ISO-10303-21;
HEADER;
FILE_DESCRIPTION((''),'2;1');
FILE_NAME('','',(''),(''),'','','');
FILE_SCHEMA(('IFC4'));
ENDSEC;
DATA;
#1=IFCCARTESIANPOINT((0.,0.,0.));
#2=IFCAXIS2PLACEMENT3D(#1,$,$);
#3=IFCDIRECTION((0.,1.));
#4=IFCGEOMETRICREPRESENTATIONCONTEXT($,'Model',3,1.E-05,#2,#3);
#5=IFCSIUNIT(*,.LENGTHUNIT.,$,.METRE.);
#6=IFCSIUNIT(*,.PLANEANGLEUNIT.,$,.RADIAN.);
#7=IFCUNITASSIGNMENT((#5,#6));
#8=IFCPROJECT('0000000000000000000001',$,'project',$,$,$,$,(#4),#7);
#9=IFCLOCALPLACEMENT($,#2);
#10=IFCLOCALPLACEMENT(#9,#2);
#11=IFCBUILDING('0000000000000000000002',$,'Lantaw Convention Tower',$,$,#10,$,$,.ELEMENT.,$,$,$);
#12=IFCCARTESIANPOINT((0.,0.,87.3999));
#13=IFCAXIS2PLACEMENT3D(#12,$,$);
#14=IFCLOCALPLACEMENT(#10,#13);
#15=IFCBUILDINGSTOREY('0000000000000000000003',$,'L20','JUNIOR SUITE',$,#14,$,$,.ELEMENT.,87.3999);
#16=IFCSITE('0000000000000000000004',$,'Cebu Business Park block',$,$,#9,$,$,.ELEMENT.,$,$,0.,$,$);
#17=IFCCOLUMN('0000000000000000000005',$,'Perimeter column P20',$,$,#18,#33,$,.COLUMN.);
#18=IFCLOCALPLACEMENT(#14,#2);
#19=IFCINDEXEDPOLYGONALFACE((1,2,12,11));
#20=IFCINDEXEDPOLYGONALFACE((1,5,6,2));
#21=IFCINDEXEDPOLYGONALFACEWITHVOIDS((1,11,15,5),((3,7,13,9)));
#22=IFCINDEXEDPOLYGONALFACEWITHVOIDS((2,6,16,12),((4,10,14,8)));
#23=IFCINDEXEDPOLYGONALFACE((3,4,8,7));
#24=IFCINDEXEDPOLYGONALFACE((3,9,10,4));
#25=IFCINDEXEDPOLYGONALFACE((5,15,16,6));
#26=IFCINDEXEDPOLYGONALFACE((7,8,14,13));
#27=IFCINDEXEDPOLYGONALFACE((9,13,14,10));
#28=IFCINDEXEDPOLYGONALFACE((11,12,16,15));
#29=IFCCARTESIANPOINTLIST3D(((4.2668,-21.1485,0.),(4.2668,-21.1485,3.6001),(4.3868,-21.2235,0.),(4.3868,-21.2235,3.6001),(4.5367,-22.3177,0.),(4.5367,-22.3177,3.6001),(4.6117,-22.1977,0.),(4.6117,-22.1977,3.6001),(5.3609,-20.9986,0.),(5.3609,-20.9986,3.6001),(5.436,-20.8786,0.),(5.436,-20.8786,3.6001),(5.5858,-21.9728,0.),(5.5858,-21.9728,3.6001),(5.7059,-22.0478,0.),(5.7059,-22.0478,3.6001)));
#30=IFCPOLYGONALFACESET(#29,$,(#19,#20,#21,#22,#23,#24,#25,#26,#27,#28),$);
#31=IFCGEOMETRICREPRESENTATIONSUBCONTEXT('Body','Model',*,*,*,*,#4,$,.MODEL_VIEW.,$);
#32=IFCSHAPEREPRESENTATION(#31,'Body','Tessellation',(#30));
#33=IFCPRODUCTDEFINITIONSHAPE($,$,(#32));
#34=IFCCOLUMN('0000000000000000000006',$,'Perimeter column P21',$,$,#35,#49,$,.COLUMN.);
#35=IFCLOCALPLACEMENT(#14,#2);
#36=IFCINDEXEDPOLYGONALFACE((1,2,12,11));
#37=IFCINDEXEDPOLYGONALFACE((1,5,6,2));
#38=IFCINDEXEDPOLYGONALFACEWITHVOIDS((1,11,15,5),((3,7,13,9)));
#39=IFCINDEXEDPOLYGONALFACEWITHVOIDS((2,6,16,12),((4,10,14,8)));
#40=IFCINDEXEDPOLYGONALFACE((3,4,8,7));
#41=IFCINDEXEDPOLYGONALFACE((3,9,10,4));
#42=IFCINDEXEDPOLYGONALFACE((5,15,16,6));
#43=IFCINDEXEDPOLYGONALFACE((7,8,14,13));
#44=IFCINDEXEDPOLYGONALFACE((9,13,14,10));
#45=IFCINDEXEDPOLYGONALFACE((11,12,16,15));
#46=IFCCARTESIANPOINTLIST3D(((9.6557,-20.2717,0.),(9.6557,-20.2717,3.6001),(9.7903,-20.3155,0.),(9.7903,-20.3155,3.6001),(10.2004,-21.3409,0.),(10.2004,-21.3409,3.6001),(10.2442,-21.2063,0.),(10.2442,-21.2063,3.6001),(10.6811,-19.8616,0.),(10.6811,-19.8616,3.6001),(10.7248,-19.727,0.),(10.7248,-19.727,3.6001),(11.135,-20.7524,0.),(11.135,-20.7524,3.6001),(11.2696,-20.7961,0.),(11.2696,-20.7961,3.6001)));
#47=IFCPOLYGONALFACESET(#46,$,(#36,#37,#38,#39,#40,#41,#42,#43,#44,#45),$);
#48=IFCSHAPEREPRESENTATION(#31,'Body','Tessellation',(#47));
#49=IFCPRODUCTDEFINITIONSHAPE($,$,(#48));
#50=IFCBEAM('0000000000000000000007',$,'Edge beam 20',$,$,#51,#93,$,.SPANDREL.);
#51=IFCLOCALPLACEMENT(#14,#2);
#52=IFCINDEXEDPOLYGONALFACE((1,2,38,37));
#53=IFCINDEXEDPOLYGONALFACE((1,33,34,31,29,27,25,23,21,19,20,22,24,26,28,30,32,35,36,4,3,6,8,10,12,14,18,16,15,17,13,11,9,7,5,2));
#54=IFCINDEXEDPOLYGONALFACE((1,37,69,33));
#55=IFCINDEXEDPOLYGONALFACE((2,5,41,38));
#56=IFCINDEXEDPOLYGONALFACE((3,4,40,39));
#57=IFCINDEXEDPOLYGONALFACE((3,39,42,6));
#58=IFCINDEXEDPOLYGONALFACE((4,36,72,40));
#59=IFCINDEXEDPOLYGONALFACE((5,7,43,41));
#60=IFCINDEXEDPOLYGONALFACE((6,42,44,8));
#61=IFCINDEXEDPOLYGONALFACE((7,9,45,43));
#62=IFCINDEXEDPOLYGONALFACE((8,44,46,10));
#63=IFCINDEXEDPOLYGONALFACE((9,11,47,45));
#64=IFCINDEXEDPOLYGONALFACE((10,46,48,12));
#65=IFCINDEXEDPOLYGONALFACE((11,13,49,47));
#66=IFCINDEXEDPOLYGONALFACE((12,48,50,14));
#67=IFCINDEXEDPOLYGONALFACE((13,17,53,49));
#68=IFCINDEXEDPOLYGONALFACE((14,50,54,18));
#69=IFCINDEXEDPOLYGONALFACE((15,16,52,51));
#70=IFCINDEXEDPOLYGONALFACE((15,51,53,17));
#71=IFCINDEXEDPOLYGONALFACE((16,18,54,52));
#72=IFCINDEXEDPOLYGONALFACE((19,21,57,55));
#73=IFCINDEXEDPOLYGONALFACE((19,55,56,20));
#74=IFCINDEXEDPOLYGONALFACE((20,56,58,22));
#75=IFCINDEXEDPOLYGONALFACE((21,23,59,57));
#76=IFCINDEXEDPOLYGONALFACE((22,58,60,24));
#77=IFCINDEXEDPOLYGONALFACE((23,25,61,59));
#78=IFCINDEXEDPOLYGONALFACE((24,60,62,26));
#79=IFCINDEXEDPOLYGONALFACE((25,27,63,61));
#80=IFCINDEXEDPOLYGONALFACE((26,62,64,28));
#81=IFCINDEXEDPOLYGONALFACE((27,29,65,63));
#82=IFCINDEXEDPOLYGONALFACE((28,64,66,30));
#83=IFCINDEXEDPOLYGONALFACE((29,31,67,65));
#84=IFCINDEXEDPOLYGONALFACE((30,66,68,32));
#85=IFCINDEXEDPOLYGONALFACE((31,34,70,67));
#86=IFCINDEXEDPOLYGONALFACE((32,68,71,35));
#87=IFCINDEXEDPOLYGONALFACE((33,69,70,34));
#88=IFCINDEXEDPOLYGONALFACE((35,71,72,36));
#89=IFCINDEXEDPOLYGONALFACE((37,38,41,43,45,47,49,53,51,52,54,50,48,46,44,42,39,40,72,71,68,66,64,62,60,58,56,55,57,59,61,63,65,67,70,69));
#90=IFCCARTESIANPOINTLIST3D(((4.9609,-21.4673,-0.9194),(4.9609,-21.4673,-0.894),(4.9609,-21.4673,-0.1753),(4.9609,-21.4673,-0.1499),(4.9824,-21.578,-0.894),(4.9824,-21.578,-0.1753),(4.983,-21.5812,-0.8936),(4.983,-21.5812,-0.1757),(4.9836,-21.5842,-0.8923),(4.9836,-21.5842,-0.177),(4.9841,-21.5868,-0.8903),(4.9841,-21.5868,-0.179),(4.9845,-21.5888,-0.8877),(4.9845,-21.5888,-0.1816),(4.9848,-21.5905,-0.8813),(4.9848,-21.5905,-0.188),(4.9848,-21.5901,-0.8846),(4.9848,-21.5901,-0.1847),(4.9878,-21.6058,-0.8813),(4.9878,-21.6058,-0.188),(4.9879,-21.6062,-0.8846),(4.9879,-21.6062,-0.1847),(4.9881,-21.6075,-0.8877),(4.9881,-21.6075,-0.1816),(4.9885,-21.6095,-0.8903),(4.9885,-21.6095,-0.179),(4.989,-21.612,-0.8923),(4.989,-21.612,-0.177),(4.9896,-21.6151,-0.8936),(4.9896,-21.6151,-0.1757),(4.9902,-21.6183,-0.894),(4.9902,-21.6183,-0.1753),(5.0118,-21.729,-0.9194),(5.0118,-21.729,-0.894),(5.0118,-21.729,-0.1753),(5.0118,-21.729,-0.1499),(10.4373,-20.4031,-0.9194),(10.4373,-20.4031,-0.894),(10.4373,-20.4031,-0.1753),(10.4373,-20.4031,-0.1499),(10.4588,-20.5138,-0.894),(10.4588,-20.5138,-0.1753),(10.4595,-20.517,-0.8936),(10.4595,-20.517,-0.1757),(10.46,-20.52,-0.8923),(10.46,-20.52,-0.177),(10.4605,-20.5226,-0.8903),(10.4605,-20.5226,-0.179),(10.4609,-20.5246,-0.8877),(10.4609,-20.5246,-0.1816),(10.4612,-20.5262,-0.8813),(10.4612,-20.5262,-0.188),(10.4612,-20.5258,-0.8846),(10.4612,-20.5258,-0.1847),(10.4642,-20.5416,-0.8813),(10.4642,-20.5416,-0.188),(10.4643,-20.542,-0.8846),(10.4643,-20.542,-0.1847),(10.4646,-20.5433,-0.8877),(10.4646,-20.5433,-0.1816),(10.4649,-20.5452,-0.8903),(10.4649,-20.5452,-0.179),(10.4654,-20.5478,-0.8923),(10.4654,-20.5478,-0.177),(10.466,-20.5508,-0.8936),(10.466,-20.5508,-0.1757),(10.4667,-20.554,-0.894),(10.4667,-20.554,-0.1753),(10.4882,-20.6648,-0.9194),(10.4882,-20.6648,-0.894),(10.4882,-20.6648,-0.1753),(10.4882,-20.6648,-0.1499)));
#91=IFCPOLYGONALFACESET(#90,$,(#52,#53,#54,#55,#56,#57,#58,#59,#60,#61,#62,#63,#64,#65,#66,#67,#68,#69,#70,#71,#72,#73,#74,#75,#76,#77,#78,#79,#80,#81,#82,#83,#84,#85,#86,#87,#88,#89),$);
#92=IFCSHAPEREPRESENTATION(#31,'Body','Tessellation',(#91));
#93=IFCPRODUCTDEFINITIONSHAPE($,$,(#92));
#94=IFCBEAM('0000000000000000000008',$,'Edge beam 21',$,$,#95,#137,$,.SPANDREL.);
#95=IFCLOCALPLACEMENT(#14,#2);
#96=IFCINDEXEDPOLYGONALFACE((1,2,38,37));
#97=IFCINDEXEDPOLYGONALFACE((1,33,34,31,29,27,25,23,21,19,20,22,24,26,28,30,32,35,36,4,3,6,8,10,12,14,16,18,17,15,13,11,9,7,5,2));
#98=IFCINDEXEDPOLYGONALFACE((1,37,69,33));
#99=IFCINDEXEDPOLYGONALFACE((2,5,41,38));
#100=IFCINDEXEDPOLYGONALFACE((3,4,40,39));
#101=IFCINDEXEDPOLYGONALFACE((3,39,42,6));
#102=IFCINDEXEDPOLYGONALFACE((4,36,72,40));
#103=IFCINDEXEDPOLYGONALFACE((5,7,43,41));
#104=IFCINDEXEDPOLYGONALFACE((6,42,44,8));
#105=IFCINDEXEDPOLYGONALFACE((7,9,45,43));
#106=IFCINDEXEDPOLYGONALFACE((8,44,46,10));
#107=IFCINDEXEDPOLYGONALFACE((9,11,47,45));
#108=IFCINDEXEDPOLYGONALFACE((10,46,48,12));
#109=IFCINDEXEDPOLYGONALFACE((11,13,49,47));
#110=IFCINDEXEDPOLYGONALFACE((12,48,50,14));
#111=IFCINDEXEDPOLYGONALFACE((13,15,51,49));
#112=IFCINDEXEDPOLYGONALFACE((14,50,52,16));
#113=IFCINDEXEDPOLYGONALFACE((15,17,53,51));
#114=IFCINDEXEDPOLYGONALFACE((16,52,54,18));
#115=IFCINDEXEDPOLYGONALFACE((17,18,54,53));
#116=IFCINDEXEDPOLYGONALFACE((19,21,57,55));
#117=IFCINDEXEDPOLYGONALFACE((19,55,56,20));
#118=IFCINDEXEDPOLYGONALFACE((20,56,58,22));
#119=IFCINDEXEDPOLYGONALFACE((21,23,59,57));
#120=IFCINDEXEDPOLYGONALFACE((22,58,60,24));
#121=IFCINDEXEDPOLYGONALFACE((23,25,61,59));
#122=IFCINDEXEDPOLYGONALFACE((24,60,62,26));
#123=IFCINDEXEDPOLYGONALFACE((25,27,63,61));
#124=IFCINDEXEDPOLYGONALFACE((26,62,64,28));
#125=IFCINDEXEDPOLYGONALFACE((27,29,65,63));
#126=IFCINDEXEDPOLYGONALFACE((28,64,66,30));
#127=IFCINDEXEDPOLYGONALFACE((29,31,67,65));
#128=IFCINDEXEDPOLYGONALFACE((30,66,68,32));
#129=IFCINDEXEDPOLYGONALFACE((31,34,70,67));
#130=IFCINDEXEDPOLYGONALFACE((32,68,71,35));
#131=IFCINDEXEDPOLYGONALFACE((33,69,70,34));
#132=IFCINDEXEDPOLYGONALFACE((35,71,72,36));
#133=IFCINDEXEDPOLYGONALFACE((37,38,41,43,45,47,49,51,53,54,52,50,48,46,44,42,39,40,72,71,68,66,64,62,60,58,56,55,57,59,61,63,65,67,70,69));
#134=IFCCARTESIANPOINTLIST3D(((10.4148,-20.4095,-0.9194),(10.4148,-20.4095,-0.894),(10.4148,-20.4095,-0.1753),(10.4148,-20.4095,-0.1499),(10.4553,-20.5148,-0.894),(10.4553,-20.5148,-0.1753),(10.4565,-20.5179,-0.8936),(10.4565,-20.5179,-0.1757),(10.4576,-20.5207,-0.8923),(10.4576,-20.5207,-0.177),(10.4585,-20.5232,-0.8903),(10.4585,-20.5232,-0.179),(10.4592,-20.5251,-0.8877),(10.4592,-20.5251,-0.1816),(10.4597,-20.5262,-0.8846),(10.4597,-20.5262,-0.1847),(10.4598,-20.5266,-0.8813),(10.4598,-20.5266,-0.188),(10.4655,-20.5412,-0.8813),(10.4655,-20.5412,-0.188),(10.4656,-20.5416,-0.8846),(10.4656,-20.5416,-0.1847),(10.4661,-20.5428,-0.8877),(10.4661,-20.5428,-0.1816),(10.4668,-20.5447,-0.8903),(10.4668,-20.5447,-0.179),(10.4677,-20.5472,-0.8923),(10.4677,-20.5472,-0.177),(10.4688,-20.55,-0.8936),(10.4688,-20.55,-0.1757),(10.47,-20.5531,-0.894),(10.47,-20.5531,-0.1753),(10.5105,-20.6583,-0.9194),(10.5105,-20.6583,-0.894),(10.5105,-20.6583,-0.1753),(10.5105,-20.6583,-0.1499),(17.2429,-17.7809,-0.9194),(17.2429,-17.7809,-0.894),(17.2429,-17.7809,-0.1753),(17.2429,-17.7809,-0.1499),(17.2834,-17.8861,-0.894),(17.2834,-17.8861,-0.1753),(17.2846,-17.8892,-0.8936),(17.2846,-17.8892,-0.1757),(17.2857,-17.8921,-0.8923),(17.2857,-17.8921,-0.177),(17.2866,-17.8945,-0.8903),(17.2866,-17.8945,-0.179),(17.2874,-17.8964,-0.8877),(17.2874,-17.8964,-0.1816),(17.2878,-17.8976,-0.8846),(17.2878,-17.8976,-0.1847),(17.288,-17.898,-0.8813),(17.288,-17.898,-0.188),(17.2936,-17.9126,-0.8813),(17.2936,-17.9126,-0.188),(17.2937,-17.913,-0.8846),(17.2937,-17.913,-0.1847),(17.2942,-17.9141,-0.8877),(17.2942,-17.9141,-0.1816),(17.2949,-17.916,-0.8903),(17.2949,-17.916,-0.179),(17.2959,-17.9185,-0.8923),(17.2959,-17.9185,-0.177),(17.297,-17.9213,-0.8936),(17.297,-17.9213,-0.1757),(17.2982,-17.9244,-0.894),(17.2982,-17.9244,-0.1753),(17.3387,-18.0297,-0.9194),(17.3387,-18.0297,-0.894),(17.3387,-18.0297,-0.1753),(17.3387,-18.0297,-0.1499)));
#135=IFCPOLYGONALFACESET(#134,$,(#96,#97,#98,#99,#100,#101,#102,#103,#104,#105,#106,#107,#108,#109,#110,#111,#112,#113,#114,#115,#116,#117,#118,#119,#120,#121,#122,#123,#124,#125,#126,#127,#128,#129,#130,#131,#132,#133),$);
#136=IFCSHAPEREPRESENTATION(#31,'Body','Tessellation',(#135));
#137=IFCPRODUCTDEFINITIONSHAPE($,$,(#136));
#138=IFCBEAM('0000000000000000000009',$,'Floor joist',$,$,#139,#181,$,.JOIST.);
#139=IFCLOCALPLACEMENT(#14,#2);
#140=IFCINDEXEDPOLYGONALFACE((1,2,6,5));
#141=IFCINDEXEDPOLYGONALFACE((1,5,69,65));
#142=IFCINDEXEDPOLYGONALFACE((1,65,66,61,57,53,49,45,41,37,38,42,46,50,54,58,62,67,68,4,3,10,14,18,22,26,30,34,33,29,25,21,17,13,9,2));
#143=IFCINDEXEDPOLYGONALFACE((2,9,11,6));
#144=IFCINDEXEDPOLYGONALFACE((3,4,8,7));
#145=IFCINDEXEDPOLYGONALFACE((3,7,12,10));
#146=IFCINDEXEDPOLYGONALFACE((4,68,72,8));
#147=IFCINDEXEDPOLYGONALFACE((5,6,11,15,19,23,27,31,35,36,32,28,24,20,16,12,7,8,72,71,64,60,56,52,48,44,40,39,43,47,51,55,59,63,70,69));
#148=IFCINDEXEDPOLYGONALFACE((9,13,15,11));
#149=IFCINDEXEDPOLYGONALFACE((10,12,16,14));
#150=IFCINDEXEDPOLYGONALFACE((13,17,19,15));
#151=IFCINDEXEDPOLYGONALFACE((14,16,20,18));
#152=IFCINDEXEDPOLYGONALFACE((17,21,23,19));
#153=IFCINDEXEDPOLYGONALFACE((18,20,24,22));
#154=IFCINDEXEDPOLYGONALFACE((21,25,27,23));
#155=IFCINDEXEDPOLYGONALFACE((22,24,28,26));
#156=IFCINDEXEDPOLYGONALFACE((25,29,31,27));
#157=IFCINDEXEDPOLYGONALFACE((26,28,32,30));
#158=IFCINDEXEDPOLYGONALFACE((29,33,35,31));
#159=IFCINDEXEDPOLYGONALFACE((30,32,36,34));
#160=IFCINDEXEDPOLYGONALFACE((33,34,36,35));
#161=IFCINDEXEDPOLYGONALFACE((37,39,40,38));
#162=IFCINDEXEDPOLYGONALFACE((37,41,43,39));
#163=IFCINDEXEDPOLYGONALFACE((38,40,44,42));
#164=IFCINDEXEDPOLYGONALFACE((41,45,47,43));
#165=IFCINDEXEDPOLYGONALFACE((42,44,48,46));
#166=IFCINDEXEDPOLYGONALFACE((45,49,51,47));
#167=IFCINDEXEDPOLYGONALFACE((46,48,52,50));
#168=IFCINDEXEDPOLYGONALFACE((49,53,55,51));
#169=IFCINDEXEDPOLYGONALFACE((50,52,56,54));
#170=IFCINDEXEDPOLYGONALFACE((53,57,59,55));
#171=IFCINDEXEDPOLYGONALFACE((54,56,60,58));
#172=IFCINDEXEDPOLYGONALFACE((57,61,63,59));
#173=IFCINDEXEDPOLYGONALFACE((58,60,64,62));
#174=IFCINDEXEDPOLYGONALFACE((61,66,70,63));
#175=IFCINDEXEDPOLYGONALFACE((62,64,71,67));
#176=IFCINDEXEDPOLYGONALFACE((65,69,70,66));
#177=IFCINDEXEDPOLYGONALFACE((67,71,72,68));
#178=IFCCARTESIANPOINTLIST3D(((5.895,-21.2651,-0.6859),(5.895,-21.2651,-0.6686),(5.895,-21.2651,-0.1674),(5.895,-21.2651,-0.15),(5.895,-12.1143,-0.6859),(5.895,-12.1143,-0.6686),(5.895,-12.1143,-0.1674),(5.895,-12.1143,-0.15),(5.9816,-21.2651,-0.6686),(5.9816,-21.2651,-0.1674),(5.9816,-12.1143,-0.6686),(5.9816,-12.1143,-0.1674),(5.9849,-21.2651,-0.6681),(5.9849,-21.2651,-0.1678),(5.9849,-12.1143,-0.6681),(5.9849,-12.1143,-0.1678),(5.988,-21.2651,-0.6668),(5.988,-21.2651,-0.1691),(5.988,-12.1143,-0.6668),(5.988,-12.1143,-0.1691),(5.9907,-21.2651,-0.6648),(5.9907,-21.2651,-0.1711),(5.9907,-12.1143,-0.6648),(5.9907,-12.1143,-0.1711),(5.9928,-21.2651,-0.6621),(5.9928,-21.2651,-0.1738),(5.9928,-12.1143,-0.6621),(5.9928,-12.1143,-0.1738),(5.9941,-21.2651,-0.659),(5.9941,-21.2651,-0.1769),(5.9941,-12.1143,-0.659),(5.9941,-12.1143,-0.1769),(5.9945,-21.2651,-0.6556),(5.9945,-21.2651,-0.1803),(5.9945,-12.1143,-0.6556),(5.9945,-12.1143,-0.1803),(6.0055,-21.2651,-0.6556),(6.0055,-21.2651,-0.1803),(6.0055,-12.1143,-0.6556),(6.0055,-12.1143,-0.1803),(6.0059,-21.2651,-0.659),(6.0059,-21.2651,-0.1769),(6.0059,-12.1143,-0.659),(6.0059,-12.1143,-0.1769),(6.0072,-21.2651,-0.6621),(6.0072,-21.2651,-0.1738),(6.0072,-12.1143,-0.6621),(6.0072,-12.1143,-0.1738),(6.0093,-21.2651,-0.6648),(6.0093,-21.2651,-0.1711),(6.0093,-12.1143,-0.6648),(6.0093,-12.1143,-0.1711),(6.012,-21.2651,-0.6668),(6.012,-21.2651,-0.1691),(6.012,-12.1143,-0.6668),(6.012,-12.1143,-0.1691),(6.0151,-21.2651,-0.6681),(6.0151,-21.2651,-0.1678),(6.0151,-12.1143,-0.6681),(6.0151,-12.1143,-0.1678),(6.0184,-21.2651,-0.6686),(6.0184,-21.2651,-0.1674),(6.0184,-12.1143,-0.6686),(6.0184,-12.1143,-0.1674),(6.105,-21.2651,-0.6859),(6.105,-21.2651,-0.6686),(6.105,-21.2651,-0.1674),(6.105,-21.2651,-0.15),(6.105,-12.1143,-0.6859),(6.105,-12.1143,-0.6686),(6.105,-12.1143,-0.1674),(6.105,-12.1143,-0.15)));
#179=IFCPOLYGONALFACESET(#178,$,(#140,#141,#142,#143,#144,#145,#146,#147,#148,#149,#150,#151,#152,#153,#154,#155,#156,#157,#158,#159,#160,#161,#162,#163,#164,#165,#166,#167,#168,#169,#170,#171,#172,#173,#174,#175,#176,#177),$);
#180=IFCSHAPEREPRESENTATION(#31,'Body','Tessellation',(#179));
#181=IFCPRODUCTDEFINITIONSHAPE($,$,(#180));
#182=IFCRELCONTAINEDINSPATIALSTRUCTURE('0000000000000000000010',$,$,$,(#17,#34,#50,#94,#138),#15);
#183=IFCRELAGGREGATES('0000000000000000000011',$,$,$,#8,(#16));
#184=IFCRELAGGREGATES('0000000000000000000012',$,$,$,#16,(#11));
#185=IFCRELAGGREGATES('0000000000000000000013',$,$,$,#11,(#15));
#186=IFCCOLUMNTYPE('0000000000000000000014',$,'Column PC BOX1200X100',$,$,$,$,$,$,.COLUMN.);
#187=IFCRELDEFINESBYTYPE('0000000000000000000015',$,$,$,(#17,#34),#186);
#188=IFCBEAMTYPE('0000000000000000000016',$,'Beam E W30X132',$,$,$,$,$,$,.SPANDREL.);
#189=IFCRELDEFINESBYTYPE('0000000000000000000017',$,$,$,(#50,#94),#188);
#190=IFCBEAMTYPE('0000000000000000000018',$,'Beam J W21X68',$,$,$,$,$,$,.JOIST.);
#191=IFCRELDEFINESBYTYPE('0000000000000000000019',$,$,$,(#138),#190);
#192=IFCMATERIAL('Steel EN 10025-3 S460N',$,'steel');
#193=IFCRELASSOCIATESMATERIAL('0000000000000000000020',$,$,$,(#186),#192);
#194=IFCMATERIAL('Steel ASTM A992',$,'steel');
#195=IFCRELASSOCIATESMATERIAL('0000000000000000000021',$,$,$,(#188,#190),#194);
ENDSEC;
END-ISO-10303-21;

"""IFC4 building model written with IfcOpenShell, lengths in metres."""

from ifc_helpers import new_model, si_unit, direction, frame, origin, origin_2d, place, context, subcontext, project, spatial, rectangle, hollow_rectangle, i_section, extrude, material, material_profile, profile_set, type_object, element, save


model = new_model("IFC4")

# Units and contexts
model_context = context("Model", 3, precision=1e-05, world=origin(), true_north=direction((0.0, 1.0)))
body_context = subcontext(model_context, "Body", "Model", "MODEL_VIEW")
ifc_project = project(units=[si_unit("LENGTHUNIT", "METRE"), si_unit("PLANEANGLEUNIT", "RADIAN")], contexts=[model_context])

# Site, building, storey
site_placement = place(None, origin())
site = spatial("IfcSite", under=ifc_project, at=site_placement, Name="Cebu Business Park block", CompositionType="ELEMENT", RefElevation=0.0)
building_placement = place(site_placement, origin())
building = spatial("IfcBuilding", under=site, at=building_placement, Name="Lantaw Convention Tower", CompositionType="ELEMENT")
storey_placement = place(building_placement, frame((0.0, 0.0, 87.3999)))
storey = spatial("IfcBuildingStorey", under=building, at=storey_placement, Name="L20", Description="JUNIOR SUITE", CompositionType="ELEMENT", Elevation=87.3999)

# Columns
ifc_material_1 = material(Name="Steel EN 10025-3 S460N", Category="steel")
ifc_material_profile_1 = material_profile(ifc_material_1, hollow_rectangle(XDim=1.2, YDim=1.2, WallThickness=0.1001, at=origin_2d()), Name="BOX1200X100")
ifc_material_2 = material(Name="Concrete C60/75", Category="concrete")
ifc_material_profile_2 = material_profile(ifc_material_2, rectangle(XDim=1.0, YDim=1.0, at=origin_2d()), Name="Concrete fill of BOX1200X100")
ifc_profile_set_1 = profile_set([ifc_material_profile_1, ifc_material_profile_2], Name="Steel EN 10025-3 S460N")
column_type = type_object("IfcColumnType", Name="Column PC BOX1200X100", PredefinedType="COLUMN", material=ifc_profile_set_1)
for number, where, z_axis, x_axis, name in (
    (1, (4.9863, -21.5981, 0.0), (0.0, 0.0, 1.0), (0.97437, 0.224951, 0.0), "Perimeter column P20"),
    (2, (10.4626, -20.5339, 0.0), (0.0, 0.0, 1.0), (0.891007, 0.45399, 0.0), "Perimeter column P21"),
):
    element("IfcColumn", number, at=place(storey_placement, frame(where, z_axis=z_axis, x_axis=x_axis)), inside=storey, type_object=column_type, Name=name, PredefinedType="COLUMN", context=body_context, shape_type="SweptSolid", body=[
        extrude(hollow_rectangle(XDim=1.2, YDim=1.2, WallThickness=0.1001, at=origin_2d()), origin(), (0.0, 0.0, 1.0), 3.6001),
    ])

# Beams
ifc_material_3 = material(Name="Steel ASTM A992", Category="steel")
ifc_material_profile_3 = material_profile(ifc_material_3, i_section(OverallWidth=0.2666, OverallDepth=0.7695, WebThickness=0.0156, FlangeThickness=0.0254, FilletRadius=0.0127, at=origin_2d()), Name="W30X132")
ifc_profile_set_2 = profile_set([ifc_material_profile_3], Name="Steel ASTM A992")
beam_type_1 = type_object("IfcBeamType", Name="Beam E W30X132", PredefinedType="SPANDREL", material=ifc_profile_set_2)
beam_1_placement = place(storey_placement, frame((4.9863, -21.5981, -0.5347), z_axis=(0.981637, 0.190761, 0.0), x_axis=(-0.190761, 0.981637, 0.0)))
element("IfcBeam", 3, at=beam_1_placement, inside=storey, type_object=beam_type_1, Name="Edge beam 20", PredefinedType="SPANDREL", context=body_context, shape_type="SweptSolid", body=[
    extrude(i_section(OverallWidth=0.2666, OverallDepth=0.7695, WebThickness=0.0156, FlangeThickness=0.0254, FilletRadius=0.0127, at=origin_2d()), origin(), (0.0, 0.0, 1.0), 5.5789),
])
beam_2_placement = place(storey_placement, frame((10.4626, -20.5339, -0.5347), z_axis=(0.933233, 0.359272, 0.0), x_axis=(-0.359272, 0.933233, 0.0)))
element("IfcBeam", 4, at=beam_2_placement, inside=storey, type_object=beam_type_1, Name="Edge beam 21", PredefinedType="SPANDREL", context=body_context, shape_type="SweptSolid", body=[
    extrude(i_section(OverallWidth=0.2666, OverallDepth=0.7695, WebThickness=0.0156, FlangeThickness=0.0254, FilletRadius=0.0127, at=origin_2d()), origin(), (0.0, 0.0, 1.0), 7.3167),
])
ifc_material_profile_4 = material_profile(ifc_material_3, i_section(OverallWidth=0.21, OverallDepth=0.5359, WebThickness=0.011, FlangeThickness=0.0173, FilletRadius=0.0129, at=origin_2d()), Name="W21X68")
ifc_profile_set_3 = profile_set([ifc_material_profile_4], Name="Steel ASTM A992")
beam_type_2 = type_object("IfcBeamType", Name="Beam J W21X68", PredefinedType="JOIST", material=ifc_profile_set_3)
beam_3_placement = place(storey_placement, frame((6.0, -21.2651, -0.418), z_axis=(0.0, 1.0, 0.0), x_axis=(-1.0, 0.0, 0.0)))
element("IfcBeam", 5, at=beam_3_placement, inside=storey, type_object=beam_type_2, Name="Floor joist", PredefinedType="JOIST", context=body_context, shape_type="SweptSolid", body=[
    extrude(i_section(OverallWidth=0.21, OverallDepth=0.5359, WebThickness=0.011, FlangeThickness=0.0173, FilletRadius=0.0129, at=origin_2d()), origin(), (0.0, 0.0, 1.0), 9.1509),
])

save(model, "model.ifc")
